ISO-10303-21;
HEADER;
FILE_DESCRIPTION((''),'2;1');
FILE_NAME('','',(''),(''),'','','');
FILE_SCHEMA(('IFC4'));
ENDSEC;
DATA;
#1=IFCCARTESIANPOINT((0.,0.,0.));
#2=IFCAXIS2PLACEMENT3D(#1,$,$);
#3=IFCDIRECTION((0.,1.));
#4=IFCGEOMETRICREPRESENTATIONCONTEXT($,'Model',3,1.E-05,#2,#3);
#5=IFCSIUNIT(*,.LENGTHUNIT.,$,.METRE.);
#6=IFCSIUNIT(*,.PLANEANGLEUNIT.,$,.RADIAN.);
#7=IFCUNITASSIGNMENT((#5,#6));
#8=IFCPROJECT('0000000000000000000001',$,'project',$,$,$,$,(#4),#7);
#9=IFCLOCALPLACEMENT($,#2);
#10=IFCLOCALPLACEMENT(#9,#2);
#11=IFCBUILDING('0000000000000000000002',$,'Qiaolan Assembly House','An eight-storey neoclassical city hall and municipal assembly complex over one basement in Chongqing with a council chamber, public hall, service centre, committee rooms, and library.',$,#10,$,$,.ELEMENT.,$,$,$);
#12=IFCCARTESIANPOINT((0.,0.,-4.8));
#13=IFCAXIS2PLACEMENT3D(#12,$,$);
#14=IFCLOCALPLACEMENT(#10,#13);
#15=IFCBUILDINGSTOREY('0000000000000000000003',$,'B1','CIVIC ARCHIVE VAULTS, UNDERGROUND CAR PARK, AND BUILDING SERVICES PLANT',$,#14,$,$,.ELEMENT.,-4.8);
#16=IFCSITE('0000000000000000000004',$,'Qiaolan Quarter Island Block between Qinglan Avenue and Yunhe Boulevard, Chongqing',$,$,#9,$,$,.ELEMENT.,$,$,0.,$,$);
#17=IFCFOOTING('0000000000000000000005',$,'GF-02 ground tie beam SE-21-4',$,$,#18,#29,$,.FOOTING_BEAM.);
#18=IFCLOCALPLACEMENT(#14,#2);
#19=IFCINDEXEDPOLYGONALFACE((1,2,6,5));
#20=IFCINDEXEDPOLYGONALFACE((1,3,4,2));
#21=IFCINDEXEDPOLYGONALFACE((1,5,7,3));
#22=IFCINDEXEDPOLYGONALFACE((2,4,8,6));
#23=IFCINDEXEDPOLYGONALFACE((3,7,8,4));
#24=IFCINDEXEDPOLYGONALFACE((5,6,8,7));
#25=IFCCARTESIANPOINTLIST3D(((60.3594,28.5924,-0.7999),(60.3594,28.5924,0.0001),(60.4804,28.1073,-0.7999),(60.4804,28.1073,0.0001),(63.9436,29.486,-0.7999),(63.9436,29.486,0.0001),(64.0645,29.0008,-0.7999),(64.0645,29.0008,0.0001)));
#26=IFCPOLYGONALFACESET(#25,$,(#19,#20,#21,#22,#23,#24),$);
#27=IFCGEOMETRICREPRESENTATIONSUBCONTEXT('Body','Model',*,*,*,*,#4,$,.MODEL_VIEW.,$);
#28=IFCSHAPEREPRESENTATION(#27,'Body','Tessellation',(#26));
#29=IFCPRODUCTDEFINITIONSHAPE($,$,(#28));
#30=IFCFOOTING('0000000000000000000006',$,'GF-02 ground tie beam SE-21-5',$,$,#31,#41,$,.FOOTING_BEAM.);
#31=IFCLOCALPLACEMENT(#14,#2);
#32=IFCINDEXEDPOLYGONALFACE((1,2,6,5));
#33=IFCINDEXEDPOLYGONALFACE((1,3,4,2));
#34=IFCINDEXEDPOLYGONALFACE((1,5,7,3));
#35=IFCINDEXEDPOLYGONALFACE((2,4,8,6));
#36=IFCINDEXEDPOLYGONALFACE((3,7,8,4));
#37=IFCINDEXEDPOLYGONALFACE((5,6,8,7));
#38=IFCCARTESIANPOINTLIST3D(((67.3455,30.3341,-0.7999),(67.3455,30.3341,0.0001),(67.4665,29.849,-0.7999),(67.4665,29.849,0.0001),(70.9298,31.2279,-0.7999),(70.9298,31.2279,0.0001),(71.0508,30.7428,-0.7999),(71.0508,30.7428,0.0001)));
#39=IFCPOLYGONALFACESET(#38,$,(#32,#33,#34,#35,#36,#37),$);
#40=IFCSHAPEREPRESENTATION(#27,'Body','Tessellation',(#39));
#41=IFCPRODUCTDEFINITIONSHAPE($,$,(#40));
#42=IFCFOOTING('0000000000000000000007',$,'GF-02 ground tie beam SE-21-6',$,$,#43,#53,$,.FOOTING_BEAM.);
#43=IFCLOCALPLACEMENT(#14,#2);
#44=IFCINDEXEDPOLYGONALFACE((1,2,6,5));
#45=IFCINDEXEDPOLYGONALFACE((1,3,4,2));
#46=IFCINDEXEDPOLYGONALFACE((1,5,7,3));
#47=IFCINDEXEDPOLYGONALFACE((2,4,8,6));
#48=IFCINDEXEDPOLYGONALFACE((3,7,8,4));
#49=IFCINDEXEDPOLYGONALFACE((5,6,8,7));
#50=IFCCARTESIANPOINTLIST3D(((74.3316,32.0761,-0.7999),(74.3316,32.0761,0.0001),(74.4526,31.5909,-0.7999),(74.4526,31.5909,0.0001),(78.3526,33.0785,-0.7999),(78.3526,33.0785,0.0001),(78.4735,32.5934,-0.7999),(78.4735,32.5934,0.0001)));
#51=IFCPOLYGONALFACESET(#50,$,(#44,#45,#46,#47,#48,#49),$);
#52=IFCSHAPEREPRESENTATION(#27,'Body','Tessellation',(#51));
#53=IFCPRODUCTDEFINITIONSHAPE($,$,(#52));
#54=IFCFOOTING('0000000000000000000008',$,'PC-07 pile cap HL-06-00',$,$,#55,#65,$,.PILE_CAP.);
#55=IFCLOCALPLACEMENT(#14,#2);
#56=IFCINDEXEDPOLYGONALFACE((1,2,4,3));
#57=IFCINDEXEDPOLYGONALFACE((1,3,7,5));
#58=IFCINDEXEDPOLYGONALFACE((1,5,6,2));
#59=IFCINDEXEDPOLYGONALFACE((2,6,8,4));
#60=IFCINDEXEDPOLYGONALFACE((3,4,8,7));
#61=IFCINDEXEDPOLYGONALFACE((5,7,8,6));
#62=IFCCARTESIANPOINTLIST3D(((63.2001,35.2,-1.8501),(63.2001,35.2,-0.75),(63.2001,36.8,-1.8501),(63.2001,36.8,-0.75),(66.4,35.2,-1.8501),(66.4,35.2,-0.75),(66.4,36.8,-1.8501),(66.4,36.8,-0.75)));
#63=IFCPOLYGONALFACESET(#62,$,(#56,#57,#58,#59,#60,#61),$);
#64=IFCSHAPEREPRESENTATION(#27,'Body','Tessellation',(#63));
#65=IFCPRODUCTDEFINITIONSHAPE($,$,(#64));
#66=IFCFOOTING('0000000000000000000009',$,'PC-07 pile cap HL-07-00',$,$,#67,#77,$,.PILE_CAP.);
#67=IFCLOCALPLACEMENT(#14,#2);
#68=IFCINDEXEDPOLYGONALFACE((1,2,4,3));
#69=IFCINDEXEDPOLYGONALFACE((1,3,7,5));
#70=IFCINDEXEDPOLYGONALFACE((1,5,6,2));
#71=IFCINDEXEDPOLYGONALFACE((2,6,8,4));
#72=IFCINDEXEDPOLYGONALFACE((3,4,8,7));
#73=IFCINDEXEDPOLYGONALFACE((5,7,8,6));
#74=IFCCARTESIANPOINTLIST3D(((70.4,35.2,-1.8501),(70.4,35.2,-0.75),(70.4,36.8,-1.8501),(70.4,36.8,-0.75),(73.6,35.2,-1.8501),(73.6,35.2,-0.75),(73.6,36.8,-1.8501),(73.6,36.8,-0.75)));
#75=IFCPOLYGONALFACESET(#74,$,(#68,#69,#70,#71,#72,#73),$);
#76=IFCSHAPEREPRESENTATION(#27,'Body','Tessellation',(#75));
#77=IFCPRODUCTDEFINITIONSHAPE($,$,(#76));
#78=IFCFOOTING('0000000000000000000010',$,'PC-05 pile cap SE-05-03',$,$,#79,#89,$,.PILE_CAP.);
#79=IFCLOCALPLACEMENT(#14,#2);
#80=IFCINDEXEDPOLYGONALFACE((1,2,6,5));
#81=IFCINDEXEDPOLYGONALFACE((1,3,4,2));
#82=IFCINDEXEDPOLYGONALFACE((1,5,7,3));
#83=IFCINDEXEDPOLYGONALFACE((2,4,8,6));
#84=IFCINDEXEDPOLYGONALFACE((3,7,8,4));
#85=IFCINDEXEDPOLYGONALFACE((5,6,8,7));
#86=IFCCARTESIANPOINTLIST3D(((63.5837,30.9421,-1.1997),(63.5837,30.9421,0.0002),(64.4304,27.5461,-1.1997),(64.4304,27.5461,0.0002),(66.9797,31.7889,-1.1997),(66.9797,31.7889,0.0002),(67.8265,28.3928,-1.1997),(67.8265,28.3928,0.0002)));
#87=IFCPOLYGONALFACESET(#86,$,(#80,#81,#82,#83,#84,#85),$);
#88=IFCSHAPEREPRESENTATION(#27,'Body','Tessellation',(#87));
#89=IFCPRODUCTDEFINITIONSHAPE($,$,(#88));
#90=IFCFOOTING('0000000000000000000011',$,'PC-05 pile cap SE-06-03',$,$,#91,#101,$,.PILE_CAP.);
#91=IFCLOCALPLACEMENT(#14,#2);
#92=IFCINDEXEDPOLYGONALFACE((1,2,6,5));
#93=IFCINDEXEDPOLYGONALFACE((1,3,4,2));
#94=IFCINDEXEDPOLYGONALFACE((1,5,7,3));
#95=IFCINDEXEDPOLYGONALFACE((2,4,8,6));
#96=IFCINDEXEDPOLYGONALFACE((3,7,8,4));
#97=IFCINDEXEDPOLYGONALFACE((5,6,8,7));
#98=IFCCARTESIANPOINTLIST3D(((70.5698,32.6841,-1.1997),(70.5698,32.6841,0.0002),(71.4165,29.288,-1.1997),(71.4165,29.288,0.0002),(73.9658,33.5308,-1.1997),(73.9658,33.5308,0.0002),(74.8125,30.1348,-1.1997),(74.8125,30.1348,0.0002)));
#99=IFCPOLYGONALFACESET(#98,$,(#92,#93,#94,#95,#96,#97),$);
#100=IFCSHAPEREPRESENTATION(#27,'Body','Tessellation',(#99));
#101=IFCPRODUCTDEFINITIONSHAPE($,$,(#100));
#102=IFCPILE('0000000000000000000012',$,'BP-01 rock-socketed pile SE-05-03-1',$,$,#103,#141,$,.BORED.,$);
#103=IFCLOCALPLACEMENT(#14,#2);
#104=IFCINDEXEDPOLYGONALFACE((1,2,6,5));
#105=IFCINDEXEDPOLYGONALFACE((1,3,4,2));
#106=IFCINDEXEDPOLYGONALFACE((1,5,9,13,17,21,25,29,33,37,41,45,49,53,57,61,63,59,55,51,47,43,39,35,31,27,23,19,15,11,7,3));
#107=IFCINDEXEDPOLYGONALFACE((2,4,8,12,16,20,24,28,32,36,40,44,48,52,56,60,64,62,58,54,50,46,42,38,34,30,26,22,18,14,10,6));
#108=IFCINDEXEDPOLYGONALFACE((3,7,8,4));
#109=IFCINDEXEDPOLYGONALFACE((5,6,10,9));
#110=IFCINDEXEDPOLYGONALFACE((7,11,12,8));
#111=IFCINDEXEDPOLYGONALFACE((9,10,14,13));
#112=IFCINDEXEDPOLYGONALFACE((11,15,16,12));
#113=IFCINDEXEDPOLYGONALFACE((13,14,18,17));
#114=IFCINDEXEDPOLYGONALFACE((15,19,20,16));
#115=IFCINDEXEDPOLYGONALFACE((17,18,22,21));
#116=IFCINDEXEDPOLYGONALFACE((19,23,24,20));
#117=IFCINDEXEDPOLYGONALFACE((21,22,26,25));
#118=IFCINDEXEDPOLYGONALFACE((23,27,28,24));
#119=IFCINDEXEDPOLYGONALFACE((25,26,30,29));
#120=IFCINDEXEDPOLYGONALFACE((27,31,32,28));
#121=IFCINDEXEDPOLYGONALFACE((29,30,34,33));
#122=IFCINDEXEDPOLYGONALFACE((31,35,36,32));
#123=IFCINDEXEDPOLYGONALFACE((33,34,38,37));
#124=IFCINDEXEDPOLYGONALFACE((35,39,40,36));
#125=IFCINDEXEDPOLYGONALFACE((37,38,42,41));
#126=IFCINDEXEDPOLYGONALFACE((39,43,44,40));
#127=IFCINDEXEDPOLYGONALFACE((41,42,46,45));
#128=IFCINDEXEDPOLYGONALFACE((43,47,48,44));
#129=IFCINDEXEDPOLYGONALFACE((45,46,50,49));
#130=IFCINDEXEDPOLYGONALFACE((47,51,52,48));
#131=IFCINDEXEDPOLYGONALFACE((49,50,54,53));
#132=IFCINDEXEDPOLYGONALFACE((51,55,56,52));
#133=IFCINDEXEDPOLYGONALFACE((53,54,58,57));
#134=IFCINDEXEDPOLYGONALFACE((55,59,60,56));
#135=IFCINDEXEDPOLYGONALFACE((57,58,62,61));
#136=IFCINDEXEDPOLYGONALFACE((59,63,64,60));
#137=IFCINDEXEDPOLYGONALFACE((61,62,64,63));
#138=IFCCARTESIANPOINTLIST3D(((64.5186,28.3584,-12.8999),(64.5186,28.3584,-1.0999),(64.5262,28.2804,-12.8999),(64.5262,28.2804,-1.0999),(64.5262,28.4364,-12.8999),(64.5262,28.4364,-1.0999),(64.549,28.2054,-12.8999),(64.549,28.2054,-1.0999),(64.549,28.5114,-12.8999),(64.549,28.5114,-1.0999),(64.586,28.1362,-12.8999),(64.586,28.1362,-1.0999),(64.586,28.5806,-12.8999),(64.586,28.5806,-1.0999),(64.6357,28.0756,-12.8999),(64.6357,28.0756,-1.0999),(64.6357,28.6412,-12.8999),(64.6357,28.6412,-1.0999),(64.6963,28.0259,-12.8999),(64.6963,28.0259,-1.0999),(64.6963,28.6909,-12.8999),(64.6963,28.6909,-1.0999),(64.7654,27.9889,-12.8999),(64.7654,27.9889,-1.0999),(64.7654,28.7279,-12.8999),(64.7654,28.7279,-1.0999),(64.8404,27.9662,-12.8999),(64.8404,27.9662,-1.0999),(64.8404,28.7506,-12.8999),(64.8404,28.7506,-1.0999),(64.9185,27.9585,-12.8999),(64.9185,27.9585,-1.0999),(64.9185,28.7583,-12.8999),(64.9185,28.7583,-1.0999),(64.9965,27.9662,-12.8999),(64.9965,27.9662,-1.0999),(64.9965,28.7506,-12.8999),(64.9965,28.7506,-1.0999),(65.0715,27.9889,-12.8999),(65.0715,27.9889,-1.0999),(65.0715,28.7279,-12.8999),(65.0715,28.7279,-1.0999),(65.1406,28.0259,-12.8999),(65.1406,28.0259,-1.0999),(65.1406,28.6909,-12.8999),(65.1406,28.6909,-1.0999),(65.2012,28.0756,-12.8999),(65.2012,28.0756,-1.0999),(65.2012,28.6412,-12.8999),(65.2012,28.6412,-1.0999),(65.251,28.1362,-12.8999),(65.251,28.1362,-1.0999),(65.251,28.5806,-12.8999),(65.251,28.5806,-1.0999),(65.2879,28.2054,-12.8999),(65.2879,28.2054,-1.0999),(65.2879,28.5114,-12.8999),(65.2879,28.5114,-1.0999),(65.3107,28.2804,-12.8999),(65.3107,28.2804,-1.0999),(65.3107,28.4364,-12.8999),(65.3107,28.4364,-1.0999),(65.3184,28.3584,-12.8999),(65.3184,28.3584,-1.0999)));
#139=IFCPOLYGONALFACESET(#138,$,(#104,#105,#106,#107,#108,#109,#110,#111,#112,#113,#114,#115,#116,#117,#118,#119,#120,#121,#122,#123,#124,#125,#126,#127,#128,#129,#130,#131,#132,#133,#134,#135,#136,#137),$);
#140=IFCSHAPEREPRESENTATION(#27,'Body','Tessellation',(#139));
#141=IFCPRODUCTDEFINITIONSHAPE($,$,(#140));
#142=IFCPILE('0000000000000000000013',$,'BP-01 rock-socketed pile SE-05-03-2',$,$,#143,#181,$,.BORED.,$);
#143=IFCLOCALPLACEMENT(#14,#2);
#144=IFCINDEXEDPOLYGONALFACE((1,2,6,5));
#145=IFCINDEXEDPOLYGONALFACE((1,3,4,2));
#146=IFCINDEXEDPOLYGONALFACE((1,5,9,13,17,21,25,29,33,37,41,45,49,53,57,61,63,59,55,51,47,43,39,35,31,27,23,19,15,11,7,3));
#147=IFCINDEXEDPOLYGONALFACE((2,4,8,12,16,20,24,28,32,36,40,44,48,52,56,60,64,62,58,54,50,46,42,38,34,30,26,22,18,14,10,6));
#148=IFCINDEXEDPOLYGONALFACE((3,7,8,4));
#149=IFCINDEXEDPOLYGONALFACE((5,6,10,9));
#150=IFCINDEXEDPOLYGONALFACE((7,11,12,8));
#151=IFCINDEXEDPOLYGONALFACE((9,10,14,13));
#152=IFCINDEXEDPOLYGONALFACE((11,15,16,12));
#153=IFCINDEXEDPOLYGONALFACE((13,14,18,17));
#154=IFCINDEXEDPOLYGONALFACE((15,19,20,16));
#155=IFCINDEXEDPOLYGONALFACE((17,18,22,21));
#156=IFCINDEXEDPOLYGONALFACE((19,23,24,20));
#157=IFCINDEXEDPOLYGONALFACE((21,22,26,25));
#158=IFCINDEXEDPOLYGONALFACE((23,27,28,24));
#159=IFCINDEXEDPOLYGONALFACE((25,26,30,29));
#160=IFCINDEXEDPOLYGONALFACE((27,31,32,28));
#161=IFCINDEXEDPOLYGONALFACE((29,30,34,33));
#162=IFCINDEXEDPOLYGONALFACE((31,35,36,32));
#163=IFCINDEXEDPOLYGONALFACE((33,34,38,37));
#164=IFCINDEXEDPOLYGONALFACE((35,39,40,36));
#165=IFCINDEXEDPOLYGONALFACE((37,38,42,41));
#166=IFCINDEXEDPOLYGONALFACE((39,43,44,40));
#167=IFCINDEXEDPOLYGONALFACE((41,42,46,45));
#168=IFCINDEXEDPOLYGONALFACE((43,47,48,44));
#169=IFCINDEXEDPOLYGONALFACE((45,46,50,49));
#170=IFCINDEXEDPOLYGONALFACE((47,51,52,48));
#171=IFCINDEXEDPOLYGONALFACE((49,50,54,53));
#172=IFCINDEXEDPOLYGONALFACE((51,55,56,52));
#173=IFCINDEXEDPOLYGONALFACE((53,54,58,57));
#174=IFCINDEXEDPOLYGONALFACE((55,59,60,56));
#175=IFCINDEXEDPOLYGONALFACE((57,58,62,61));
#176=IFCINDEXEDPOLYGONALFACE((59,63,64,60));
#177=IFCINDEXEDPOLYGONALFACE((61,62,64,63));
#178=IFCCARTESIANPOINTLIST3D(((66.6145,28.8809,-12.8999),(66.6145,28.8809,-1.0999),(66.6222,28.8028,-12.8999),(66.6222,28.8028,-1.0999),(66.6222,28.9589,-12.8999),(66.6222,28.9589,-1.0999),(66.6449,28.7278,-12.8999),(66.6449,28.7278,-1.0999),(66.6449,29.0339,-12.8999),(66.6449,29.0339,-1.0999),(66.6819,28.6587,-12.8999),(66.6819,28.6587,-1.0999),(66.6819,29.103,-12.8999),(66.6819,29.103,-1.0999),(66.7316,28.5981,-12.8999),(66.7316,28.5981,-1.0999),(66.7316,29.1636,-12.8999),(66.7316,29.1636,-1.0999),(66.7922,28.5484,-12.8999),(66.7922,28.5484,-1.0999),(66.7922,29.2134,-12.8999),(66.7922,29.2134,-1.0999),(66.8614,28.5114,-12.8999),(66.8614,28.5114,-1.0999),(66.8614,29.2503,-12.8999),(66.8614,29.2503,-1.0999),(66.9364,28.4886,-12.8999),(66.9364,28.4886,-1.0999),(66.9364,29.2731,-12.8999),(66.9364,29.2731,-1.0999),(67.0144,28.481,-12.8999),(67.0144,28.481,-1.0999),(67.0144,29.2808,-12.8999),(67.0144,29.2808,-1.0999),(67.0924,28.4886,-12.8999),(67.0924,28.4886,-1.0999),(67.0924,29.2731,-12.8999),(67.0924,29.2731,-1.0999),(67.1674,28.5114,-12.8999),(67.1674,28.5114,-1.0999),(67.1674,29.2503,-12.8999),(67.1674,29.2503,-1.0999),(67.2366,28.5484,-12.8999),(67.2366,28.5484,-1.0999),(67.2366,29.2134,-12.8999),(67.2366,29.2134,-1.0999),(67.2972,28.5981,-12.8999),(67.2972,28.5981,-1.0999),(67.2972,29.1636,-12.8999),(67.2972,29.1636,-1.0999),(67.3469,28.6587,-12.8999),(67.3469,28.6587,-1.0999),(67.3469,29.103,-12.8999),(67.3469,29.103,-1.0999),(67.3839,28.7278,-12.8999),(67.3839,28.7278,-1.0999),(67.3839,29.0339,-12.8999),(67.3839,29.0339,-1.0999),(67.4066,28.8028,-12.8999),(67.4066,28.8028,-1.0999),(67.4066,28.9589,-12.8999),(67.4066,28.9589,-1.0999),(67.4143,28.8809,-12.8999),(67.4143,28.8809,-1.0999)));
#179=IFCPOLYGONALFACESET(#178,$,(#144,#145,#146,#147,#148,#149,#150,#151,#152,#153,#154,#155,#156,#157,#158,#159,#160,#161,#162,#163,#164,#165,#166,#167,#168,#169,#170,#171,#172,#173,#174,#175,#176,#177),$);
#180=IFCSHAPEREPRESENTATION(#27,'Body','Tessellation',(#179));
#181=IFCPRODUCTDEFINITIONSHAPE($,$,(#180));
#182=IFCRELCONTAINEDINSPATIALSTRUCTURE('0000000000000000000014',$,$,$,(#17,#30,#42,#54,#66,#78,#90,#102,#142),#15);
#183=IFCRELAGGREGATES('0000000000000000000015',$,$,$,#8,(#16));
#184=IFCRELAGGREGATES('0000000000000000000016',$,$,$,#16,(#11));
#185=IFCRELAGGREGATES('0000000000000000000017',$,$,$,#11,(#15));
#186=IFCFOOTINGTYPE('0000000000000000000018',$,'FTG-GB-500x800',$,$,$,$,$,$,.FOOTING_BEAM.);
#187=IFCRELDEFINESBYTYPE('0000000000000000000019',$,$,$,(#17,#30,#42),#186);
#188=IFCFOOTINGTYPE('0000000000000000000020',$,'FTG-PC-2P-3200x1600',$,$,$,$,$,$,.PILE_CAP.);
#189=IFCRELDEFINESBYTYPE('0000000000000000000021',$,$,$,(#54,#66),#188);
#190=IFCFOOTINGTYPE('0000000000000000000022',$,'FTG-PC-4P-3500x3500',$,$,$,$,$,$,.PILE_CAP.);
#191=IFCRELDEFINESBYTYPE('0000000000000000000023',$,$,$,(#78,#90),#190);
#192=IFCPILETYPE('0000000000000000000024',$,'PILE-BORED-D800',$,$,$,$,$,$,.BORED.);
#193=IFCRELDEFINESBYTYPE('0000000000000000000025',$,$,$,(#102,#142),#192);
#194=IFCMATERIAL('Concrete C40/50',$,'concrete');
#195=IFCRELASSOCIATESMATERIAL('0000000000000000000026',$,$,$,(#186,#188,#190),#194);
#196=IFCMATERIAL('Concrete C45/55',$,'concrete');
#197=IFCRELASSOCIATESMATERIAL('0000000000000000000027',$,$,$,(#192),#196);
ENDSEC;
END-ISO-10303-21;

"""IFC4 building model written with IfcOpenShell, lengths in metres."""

from ifc_helpers import new_model, si_unit, direction, frame, origin, origin_2d, place, context, subcontext, project, spatial, rectangle, circle, extrude, material, material_profile, profile_set, type_object, element, save


model = new_model("IFC4")

# Units and contexts
model_context = context("Model", 3, precision=1e-05, world=origin(), true_north=direction((0.0, 1.0)))
body_context = subcontext(model_context, "Body", "Model", "MODEL_VIEW")
ifc_project = project(units=[si_unit("LENGTHUNIT", "METRE"), si_unit("PLANEANGLEUNIT", "RADIAN")], contexts=[model_context])

# Site, building, storey
site_placement = place(None, origin())
site = spatial("IfcSite", under=ifc_project, at=site_placement, Name="Qiaolan Quarter Island Block between Qinglan Avenue and Yunhe Boulevard, Chongqing", CompositionType="ELEMENT", RefElevation=0.0)
building_placement = place(site_placement, origin())
building = spatial("IfcBuilding", under=site, at=building_placement, Name="Qiaolan Assembly House", Description="An eight-storey neoclassical city hall and municipal assembly complex over one basement in Chongqing with a council chamber, public hall, service centre, committee rooms, and library.", CompositionType="ELEMENT")
storey_placement = place(building_placement, frame((0.0, 0.0, -4.8)))
storey = spatial("IfcBuildingStorey", under=building, at=storey_placement, Name="B1", Description="CIVIC ARCHIVE VAULTS, UNDERGROUND CAR PARK, AND BUILDING SERVICES PLANT", CompositionType="ELEMENT", Elevation=-4.8)

# Footings
ifc_material_1 = material(Name="Concrete C40/50", Category="concrete")
ifc_material_profile_1 = material_profile(ifc_material_1, rectangle(XDim=0.5, YDim=0.8, at=origin_2d()), Name="GF 500x800")
ifc_profile_set_1 = profile_set([ifc_material_profile_1], Name="Concrete C40/50")
footing_type_1 = type_object("IfcFootingType", Name="FTG-GB-500x800", PredefinedType="FOOTING_BEAM", material=ifc_profile_set_1)
footing_1_placement = place(storey_placement, frame((60.4199, 28.3499, -0.3999), z_axis=(0.970302, 0.241898, 0.0), x_axis=(-0.241898, 0.970302, 0.0)))
element("IfcFooting", 1, at=footing_1_placement, inside=storey, type_object=footing_type_1, Name="GF-02 ground tie beam SE-21-4", PredefinedType="FOOTING_BEAM", context=body_context, shape_type="SweptSolid", body=[
    extrude(rectangle(XDim=0.5, YDim=0.8, at=origin_2d()), origin(), (0.0, 0.0, 1.0), 3.6938),
])
footing_2_placement = place(storey_placement, frame((67.406, 30.0916, -0.3999), z_axis=(0.970286, 0.24196, 0.0), x_axis=(-0.24196, 0.970286, 0.0)))
element("IfcFooting", 2, at=footing_2_placement, inside=storey, type_object=footing_type_1, Name="GF-02 ground tie beam SE-21-5", PredefinedType="FOOTING_BEAM", context=body_context, shape_type="SweptSolid", body=[
    extrude(rectangle(XDim=0.5, YDim=0.8, at=origin_2d()), origin(), (0.0, 0.0, 1.0), 3.6941),
])
footing_3_placement = place(storey_placement, frame((74.3921, 31.8335, -0.3999), z_axis=(0.970302, 0.241898, 0.0), x_axis=(-0.241898, 0.970302, 0.0)))
element("IfcFooting", 3, at=footing_3_placement, inside=storey, type_object=footing_type_1, Name="GF-02 ground tie beam SE-21-6", PredefinedType="FOOTING_BEAM", context=body_context, shape_type="SweptSolid", body=[
    extrude(rectangle(XDim=0.5, YDim=0.8, at=origin_2d()), origin(), (0.0, 0.0, 1.0), 4.144),
])
footing_type_2 = type_object("IfcFootingType", Name="FTG-PC-2P-3200x1600", PredefinedType="PILE_CAP", material=ifc_material_1)
for number, where, z_axis, x_axis, name in (
    (4, (64.8, 36.0, -1.8501), (0.0, 0.0, 1.0), (1.0, 0.0, 0.0), "PC-07 pile cap HL-06-00"),
    (5, (72.0, 36.0, -1.8501), (0.0, 0.0, 1.0), (1.0, 0.0, 0.0), "PC-07 pile cap HL-07-00"),
):
    element("IfcFooting", number, at=place(storey_placement, frame(where, z_axis=z_axis, x_axis=x_axis)), inside=storey, type_object=footing_type_2, Name=name, PredefinedType="PILE_CAP", context=body_context, shape_type="SweptSolid", body=[
        extrude(rectangle(XDim=3.2, YDim=1.6001, at=origin_2d()), origin(), (0.0, 0.0, 1.0), 1.1001),
    ])
footing_type_3 = type_object("IfcFootingType", Name="FTG-PC-4P-3500x3500", PredefinedType="PILE_CAP", material=ifc_material_1)
for number, where, z_axis, x_axis, name in (
    (6, (65.7051, 29.6675, -1.1997), (0.0, 0.0, 1.0), (0.970296, 0.241922, 0.0), "PC-05 pile cap SE-05-03"),
    (7, (72.6912, 31.4094, -1.1997), (0.0, 0.0, 1.0), (0.970296, 0.241922, 0.0), "PC-05 pile cap SE-06-03"),
):
    element("IfcFooting", number, at=place(storey_placement, frame(where, z_axis=z_axis, x_axis=x_axis)), inside=storey, type_object=footing_type_3, Name=name, PredefinedType="PILE_CAP", context=body_context, shape_type="SweptSolid", body=[
        extrude(rectangle(XDim=3.5, YDim=3.5, at=origin_2d()), origin(), (0.0, 0.0, 1.0), 1.2),
    ])

# Piles
ifc_material_2 = material(Name="Concrete C45/55", Category="concrete")
ifc_material_profile_2 = material_profile(ifc_material_2, circle(Radius=0.3999, at=origin_2d()), Name="PILE D800")
ifc_profile_set_2 = profile_set([ifc_material_profile_2], Name="Concrete C45/55")
pile_type = type_object("IfcPileType", Name="PILE-BORED-D800", PredefinedType="BORED", material=ifc_profile_set_2)
for number, where, z_axis, x_axis, name in (
    (8, (64.9185, 28.3584, -1.0999), (0.0, 0.0, -1.0), (1.0, 0.0, 0.0), "BP-01 rock-socketed pile SE-05-03-1"),
    (9, (67.0144, 28.8809, -1.0999), (0.0, 0.0, -1.0), (1.0, 0.0, 0.0), "BP-01 rock-socketed pile SE-05-03-2"),
):
    element("IfcPile", number, at=place(storey_placement, frame(where, z_axis=z_axis, x_axis=x_axis)), inside=storey, type_object=pile_type, Name=name, PredefinedType="BORED", context=body_context, shape_type="SweptSolid", body=[
        extrude(circle(Radius=0.3999, at=origin_2d()), origin(), (0.0, 0.0, 1.0), 11.8),
    ])

save(model, "model.ifc")
